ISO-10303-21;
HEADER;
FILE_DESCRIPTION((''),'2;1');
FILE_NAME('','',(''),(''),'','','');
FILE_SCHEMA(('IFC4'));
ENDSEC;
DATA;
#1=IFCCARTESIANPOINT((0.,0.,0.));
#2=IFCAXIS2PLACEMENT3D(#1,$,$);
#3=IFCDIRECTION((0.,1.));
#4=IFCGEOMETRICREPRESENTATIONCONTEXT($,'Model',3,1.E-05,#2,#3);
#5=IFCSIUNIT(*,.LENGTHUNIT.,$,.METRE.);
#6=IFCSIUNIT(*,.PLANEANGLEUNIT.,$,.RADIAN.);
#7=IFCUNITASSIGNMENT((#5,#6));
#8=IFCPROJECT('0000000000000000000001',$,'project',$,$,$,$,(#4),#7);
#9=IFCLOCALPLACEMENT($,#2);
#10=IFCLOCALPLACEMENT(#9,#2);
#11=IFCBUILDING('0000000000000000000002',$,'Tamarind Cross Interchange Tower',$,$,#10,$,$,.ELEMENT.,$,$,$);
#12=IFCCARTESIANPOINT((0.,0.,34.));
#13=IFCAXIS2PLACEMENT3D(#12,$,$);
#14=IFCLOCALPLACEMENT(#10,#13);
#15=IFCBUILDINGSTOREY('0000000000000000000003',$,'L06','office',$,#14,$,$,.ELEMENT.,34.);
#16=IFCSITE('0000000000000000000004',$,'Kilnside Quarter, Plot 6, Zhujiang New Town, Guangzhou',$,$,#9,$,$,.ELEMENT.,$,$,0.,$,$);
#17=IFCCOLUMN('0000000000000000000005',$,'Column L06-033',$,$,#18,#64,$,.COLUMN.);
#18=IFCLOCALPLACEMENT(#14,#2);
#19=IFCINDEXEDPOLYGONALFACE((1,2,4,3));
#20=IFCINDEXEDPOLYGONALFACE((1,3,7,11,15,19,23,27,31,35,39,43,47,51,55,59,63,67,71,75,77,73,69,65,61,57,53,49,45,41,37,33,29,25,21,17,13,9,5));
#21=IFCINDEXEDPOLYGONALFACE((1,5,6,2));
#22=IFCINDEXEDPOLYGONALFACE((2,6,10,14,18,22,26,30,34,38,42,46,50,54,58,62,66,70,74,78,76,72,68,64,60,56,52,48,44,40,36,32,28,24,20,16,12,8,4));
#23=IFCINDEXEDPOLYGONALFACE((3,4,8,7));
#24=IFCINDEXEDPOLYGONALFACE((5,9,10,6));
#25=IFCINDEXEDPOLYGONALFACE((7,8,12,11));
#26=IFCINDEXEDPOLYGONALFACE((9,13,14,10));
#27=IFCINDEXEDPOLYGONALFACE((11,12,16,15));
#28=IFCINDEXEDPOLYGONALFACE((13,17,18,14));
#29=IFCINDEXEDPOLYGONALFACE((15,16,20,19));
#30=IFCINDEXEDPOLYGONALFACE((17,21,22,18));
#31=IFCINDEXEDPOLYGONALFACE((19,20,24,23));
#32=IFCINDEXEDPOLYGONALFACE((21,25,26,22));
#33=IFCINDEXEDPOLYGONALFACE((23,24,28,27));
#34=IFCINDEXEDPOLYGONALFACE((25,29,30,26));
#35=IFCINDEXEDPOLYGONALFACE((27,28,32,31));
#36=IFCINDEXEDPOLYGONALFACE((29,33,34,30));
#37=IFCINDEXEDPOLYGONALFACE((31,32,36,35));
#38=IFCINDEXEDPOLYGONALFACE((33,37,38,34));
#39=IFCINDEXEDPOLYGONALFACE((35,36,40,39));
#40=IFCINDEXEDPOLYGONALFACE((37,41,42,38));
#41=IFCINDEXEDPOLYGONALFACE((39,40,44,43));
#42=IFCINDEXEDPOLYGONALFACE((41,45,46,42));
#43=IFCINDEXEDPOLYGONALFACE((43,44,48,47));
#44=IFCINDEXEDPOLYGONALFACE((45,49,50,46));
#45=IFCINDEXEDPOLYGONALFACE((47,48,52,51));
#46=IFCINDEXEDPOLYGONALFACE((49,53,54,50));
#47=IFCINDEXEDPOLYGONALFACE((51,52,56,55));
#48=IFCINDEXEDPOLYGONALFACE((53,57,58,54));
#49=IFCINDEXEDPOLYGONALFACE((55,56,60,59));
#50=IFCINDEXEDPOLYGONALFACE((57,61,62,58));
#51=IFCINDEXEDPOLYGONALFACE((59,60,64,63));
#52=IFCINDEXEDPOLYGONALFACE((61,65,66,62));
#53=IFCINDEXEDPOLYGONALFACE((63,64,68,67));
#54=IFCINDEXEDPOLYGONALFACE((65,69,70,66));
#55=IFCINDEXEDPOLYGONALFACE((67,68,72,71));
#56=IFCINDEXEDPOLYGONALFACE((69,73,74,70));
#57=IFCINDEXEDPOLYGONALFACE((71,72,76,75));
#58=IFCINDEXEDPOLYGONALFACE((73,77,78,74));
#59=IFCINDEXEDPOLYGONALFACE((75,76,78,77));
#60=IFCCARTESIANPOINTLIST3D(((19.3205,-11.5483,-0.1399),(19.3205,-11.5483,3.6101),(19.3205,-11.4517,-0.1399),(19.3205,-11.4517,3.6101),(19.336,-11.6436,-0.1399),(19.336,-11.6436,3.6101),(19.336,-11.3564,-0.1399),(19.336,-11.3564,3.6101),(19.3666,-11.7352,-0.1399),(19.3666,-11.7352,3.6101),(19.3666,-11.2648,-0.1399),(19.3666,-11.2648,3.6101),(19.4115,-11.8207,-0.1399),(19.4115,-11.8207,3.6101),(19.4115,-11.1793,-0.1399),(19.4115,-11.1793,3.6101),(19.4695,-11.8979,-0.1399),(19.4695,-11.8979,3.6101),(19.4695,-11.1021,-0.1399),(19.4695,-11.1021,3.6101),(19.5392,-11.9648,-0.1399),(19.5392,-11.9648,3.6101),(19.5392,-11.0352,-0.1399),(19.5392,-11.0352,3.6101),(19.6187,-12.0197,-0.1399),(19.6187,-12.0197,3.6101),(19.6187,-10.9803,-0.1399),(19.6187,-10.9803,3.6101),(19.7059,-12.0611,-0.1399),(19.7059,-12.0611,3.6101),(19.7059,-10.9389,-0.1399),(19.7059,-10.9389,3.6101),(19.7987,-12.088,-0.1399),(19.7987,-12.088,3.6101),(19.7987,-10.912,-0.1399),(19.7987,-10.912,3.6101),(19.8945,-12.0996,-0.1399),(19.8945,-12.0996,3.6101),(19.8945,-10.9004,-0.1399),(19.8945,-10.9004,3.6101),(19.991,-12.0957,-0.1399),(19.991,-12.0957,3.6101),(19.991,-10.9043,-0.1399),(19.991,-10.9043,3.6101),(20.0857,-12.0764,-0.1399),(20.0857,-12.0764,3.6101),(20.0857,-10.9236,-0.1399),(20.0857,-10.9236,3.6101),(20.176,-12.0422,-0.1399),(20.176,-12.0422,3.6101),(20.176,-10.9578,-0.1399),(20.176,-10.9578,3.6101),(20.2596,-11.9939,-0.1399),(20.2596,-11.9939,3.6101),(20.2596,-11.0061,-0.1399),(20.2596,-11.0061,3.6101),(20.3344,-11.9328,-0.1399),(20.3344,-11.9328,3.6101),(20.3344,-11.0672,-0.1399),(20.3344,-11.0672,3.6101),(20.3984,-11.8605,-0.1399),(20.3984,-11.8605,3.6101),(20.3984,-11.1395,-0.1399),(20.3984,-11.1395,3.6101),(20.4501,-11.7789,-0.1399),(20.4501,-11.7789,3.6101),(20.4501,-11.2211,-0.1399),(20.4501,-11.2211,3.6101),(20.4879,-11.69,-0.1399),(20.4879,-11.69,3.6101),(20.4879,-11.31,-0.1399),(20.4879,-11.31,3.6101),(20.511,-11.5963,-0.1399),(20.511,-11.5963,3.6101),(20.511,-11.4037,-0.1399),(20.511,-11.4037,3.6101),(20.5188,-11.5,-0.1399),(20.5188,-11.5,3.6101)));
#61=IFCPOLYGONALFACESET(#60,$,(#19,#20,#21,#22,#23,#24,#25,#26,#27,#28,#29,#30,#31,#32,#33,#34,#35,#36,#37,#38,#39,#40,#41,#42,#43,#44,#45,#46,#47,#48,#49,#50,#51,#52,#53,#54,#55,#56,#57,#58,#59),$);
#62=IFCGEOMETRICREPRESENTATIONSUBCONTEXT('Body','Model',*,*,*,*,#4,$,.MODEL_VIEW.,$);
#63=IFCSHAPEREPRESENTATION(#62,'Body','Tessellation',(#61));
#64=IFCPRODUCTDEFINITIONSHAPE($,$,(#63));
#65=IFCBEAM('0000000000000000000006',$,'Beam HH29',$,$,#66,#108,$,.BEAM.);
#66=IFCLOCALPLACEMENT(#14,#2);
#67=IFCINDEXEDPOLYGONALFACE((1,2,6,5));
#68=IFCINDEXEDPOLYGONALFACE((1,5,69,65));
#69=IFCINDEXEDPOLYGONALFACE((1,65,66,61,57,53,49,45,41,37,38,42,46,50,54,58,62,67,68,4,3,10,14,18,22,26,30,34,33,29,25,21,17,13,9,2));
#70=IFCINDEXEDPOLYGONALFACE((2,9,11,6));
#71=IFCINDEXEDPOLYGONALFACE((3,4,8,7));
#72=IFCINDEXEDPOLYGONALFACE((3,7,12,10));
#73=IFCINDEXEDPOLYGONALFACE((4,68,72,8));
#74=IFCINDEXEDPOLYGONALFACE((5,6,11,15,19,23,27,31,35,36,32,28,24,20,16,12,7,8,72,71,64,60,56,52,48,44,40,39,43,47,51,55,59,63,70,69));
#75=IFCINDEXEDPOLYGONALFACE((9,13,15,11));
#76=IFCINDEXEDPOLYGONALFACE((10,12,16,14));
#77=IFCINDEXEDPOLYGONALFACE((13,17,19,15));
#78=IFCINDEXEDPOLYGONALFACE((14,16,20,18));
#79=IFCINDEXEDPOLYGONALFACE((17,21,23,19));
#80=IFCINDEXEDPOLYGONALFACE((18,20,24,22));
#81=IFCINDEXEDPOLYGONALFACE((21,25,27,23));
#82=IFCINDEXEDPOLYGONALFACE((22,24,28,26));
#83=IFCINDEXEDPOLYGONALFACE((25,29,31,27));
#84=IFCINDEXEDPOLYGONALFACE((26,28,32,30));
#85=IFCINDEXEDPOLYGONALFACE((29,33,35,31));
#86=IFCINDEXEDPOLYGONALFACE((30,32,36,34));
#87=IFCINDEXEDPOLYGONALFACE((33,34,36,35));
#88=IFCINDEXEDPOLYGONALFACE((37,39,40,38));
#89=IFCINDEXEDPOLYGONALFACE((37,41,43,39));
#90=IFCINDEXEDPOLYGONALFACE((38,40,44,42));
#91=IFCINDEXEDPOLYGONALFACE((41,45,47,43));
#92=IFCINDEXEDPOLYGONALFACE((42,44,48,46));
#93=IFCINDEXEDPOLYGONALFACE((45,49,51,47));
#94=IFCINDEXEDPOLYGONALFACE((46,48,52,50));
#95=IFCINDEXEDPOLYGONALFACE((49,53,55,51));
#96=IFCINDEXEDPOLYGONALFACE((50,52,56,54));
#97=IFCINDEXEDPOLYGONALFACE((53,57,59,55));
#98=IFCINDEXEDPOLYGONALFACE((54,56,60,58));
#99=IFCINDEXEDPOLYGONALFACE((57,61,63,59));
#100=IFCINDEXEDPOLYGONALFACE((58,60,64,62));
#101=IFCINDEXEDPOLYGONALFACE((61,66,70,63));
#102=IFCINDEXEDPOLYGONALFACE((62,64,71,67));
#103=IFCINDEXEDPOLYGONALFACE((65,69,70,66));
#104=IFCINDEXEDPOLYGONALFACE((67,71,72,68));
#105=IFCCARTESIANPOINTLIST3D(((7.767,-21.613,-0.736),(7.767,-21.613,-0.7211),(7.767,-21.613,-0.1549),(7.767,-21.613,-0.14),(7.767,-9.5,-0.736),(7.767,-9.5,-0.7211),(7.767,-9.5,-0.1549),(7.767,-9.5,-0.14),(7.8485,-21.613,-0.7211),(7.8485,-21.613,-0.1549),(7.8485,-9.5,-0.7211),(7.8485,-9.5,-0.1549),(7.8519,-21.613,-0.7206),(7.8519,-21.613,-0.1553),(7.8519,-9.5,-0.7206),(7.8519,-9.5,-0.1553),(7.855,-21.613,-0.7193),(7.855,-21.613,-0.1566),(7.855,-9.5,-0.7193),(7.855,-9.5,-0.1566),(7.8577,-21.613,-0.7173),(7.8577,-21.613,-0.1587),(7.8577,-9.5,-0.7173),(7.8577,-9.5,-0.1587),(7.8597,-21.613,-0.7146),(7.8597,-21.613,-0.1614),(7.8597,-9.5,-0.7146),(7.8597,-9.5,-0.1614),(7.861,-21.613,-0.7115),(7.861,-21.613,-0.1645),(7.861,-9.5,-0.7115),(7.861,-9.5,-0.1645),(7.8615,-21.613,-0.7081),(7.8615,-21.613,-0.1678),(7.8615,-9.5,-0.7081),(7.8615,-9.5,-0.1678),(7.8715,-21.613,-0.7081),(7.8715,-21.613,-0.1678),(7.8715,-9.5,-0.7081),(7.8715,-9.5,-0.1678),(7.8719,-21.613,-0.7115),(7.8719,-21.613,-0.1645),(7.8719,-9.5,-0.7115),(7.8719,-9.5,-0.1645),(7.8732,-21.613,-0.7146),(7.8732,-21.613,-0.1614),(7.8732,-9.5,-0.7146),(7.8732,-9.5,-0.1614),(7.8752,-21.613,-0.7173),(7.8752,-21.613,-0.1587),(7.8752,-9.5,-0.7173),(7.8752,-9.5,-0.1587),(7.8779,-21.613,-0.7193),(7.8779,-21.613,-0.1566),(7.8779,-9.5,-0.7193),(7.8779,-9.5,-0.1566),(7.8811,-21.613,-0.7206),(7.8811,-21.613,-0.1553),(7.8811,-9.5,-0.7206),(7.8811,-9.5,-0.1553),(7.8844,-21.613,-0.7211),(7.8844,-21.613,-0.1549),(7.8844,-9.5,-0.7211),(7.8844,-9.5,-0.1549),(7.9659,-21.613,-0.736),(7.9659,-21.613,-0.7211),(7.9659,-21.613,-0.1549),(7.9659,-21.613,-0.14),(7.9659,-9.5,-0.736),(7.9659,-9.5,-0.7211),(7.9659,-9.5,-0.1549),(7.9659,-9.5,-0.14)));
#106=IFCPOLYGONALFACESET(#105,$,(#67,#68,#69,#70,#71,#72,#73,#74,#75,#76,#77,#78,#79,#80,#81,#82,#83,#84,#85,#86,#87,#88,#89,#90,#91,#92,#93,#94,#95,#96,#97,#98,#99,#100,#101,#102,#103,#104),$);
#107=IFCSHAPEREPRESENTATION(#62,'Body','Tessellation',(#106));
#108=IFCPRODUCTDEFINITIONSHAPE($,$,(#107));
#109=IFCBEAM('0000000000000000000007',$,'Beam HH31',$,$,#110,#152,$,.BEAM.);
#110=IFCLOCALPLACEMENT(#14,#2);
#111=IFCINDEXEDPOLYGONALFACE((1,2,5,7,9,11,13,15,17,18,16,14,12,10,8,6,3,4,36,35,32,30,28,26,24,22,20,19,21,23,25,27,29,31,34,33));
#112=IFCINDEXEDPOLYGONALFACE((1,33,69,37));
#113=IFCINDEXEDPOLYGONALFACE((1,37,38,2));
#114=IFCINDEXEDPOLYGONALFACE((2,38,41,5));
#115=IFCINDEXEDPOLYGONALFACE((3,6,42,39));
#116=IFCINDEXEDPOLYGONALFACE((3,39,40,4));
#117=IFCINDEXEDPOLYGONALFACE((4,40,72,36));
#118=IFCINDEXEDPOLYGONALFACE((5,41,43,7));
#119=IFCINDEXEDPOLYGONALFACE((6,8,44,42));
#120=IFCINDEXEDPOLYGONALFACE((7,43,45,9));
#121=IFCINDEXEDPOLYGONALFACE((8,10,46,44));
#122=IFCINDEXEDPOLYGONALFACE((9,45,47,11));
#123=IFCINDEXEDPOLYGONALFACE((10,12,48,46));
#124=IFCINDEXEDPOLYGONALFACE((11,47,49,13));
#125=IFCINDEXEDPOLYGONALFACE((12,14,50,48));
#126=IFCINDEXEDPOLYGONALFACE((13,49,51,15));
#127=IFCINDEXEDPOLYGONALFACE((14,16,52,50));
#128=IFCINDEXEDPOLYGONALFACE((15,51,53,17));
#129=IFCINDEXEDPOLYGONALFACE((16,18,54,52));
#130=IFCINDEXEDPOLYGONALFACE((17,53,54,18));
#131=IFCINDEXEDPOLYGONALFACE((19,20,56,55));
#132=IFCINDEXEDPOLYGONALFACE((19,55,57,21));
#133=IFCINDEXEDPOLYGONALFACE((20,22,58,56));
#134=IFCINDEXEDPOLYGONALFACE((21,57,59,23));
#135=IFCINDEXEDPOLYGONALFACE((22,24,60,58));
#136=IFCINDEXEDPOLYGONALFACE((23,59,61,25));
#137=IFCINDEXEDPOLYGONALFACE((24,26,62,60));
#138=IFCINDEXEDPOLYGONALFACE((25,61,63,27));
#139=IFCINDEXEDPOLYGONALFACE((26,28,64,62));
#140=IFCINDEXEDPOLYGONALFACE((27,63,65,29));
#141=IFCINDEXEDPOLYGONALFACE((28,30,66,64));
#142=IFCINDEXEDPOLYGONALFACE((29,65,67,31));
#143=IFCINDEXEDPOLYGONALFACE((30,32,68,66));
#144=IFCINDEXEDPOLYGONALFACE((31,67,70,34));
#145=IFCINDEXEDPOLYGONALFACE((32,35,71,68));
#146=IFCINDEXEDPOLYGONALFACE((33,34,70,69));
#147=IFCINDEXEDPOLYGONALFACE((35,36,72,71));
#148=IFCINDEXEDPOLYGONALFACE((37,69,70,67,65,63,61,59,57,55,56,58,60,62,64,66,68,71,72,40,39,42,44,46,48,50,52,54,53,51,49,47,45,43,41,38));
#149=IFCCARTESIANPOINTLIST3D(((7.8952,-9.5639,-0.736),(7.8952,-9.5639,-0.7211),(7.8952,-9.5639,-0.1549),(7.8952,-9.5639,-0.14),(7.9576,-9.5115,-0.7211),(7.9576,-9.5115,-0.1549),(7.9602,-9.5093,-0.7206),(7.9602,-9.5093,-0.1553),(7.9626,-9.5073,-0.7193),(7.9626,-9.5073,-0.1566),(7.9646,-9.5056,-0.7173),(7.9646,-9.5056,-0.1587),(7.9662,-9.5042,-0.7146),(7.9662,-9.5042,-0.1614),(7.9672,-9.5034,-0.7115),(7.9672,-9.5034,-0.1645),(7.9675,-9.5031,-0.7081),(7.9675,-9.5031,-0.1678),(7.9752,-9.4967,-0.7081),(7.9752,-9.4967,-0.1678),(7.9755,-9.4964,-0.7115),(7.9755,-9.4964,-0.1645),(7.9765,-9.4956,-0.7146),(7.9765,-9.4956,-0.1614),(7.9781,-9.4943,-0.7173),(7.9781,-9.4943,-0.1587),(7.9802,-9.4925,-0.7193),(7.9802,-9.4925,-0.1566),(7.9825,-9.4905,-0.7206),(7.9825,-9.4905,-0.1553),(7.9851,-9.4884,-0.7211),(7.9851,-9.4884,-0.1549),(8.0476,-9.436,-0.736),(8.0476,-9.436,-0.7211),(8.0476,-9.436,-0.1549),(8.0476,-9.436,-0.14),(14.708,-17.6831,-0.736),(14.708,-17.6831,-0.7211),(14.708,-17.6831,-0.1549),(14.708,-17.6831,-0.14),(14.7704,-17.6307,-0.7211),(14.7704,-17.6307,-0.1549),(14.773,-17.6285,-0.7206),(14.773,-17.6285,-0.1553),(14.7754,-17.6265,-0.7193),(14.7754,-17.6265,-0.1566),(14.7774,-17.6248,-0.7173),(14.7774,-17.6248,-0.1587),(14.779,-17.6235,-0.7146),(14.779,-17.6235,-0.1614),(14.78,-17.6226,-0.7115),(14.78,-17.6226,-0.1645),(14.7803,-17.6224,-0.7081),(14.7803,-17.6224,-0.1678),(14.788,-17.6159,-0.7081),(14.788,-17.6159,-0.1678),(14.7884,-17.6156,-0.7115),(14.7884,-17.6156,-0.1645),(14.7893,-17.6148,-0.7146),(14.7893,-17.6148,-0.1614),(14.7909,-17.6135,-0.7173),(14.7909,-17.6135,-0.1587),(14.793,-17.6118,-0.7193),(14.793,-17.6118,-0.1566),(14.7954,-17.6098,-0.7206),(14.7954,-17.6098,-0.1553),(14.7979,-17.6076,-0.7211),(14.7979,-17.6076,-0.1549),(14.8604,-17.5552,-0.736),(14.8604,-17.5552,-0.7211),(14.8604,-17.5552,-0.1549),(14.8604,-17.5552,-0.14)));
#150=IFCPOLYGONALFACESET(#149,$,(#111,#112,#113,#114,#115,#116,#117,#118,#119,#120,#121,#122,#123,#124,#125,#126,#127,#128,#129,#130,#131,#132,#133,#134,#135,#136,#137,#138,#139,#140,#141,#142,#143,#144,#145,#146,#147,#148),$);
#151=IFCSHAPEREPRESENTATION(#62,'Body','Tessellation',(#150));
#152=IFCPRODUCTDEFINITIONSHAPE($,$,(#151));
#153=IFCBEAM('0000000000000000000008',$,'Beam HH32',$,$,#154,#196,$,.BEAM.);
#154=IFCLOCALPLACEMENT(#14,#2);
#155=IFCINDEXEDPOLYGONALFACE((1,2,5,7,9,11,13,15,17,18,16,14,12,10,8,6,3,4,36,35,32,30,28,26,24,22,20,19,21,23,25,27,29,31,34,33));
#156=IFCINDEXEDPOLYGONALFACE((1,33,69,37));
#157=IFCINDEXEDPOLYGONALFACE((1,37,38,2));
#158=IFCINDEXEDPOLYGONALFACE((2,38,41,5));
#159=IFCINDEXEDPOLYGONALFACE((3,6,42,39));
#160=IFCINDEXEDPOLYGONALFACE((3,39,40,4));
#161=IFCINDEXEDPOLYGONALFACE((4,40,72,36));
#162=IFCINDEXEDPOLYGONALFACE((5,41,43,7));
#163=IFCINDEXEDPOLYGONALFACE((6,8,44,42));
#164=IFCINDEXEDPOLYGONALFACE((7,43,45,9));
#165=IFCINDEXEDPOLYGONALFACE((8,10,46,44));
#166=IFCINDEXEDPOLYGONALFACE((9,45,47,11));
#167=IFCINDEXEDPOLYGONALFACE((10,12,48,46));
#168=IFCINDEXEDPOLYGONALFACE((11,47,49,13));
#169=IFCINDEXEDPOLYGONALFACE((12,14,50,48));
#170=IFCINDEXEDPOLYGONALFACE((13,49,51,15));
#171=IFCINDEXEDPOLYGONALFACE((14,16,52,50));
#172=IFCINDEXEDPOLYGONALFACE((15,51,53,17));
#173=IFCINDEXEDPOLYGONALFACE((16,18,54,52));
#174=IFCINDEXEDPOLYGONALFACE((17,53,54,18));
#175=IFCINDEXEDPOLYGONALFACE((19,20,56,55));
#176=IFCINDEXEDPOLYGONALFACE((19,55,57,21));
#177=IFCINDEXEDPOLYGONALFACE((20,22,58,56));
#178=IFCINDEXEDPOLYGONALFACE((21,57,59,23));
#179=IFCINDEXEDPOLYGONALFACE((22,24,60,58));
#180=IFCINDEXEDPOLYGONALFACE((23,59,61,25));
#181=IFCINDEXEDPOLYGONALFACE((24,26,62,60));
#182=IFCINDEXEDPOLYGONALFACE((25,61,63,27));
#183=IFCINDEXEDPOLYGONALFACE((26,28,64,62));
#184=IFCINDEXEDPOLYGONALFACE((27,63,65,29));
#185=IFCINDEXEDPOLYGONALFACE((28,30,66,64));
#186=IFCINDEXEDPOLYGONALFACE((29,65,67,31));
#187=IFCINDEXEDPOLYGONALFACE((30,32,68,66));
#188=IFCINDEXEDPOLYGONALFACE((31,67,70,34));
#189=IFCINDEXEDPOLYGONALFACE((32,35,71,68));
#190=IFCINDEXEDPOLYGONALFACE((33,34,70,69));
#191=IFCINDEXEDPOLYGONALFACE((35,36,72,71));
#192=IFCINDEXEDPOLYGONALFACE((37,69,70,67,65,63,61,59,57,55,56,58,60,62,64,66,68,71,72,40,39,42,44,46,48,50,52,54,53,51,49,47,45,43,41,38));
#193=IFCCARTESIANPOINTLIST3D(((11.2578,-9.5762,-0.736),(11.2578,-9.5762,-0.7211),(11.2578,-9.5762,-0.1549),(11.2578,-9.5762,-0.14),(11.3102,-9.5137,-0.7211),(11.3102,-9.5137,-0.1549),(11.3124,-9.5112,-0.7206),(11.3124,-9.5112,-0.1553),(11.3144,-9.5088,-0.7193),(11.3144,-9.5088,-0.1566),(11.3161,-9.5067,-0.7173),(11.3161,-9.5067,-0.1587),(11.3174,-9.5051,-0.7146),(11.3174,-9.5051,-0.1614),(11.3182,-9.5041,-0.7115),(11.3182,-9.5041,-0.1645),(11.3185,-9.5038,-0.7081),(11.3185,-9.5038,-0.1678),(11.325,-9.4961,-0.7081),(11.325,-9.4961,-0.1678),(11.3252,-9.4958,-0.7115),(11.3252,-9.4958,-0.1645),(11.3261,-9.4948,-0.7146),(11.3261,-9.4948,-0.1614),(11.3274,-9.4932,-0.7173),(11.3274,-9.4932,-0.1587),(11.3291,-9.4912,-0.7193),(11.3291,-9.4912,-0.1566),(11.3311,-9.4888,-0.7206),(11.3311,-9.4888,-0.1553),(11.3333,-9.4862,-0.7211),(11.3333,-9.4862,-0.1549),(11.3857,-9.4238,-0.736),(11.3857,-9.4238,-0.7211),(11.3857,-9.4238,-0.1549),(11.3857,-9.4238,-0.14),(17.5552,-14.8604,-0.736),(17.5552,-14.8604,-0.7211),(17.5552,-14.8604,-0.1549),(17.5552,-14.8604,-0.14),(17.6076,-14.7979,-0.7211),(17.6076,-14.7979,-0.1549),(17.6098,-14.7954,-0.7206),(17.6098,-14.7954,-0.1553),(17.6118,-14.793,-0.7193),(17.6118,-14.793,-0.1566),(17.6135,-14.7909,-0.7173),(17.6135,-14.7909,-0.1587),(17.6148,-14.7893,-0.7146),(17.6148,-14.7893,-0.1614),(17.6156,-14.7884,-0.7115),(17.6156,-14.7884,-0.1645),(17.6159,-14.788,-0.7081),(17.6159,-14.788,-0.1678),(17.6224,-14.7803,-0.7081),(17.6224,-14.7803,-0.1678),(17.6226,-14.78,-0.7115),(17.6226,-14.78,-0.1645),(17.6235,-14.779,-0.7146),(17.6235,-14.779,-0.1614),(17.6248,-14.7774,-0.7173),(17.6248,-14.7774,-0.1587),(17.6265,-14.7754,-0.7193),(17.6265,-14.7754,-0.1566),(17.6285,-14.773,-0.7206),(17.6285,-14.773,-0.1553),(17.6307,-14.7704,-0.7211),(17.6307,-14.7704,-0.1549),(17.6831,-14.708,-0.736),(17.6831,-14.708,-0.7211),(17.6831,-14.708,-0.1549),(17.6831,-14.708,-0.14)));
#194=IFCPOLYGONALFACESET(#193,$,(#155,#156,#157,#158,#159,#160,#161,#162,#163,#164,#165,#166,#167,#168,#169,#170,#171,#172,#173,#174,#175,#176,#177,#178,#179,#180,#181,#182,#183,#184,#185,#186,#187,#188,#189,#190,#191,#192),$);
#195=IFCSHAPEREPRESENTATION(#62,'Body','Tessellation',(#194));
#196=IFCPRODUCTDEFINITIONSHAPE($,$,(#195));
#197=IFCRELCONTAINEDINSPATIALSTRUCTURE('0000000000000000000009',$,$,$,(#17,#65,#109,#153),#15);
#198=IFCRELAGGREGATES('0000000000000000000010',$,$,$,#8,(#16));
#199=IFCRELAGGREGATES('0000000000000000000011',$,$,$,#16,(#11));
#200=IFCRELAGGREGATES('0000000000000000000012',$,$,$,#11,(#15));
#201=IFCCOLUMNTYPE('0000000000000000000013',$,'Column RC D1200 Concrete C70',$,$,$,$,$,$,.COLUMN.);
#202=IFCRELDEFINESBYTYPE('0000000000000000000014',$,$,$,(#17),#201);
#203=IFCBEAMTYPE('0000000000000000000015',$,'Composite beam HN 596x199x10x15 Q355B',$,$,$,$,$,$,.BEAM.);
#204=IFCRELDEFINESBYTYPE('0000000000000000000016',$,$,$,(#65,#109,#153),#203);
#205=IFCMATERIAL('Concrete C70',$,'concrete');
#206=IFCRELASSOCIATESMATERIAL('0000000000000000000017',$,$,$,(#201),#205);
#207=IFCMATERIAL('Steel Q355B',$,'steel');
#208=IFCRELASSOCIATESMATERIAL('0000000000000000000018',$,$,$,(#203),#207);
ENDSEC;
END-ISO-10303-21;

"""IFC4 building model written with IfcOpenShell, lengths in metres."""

from ifc_helpers import new_model, si_unit, direction, frame, origin, origin_2d, place, context, subcontext, project, spatial, circle, i_section, extrude, material, material_profile, profile_set, type_object, element, save


model = new_model("IFC4")

# Units and contexts
model_context = context("Model", 3, precision=1e-05, world=origin(), true_north=direction((0.0, 1.0)))
body_context = subcontext(model_context, "Body", "Model", "MODEL_VIEW")
ifc_project = project(units=[si_unit("LENGTHUNIT", "METRE"), si_unit("PLANEANGLEUNIT", "RADIAN")], contexts=[model_context])

# Site, building, storey
site_placement = place(None, origin())
site = spatial("IfcSite", under=ifc_project, at=site_placement, Name="Kilnside Quarter, Plot 6, Zhujiang New Town, Guangzhou", CompositionType="ELEMENT", RefElevation=0.0)
building_placement = place(site_placement, origin())
building = spatial("IfcBuilding", under=site, at=building_placement, Name="Tamarind Cross Interchange Tower", CompositionType="ELEMENT")
storey_placement = place(building_placement, frame((0.0, 0.0, 34.0)))
storey = spatial("IfcBuildingStorey", under=building, at=storey_placement, Name="L06", Description="office", CompositionType="ELEMENT", Elevation=34.0)

# Column
ifc_material_1 = material(Name="Concrete C70", Category="concrete")
ifc_material_profile_1 = material_profile(ifc_material_1, circle(Radius=0.6001, at=origin_2d()), Name="RC D1200")
ifc_profile_set_1 = profile_set([ifc_material_profile_1], Name="Concrete C70")
column_type = type_object("IfcColumnType", Name="Column RC D1200 Concrete C70", PredefinedType="COLUMN", material=ifc_profile_set_1)
for number, where, z_axis, x_axis, name in (
    (1, (19.9187, -11.5, -0.1399), (0.0, 0.0, 1.0), (1.0, 0.0, 0.0), "Column L06-033"),
):
    element("IfcColumn", number, at=place(storey_placement, frame(where, z_axis=z_axis, x_axis=x_axis)), inside=storey, type_object=column_type, Name=name, PredefinedType="COLUMN", context=body_context, shape_type="SweptSolid", body=[
        extrude(circle(Radius=0.6001, at=origin_2d()), origin(), (0.0, 0.0, 1.0), 3.75),
    ])

# Beams
ifc_material_2 = material(Name="Steel Q355B", Category="steel")
ifc_material_profile_2 = material_profile(ifc_material_2, i_section(OverallWidth=0.199, OverallDepth=0.5959, WebThickness=0.01, FlangeThickness=0.0149, FilletRadius=0.0129, at=origin_2d()), Name="HN 596x199x10x15")
ifc_profile_set_2 = profile_set([ifc_material_profile_2], Name="Steel Q355B")
beam_type = type_object("IfcBeamType", Name="Composite beam HN 596x199x10x15 Q355B", PredefinedType="BEAM", material=ifc_profile_set_2)
beam_1_placement = place(storey_placement, frame((7.8665, -21.613, -0.438), z_axis=(0.0, 1.0, 0.0), x_axis=(-1.0, 0.0, 0.0)))
element("IfcBeam", 2, at=beam_1_placement, inside=storey, type_object=beam_type, Name="Beam HH29", PredefinedType="BEAM", context=body_context, shape_type="SweptSolid", body=[
    extrude(i_section(OverallWidth=0.199, OverallDepth=0.5959, WebThickness=0.01, FlangeThickness=0.0149, FilletRadius=0.0129, at=origin_2d()), origin(), (0.0, 0.0, 1.0), 12.113),
])
beam_2_placement = place(storey_placement, frame((14.7842, -17.6191, -0.438), z_axis=(-0.642786, 0.766046, 0.0), x_axis=(-0.766046, -0.642786, 0.0)))
element("IfcBeam", 3, at=beam_2_placement, inside=storey, type_object=beam_type, Name="Beam HH31", PredefinedType="BEAM", context=body_context, shape_type="SweptSolid", body=[
    extrude(i_section(OverallWidth=0.199, OverallDepth=0.5959, WebThickness=0.01, FlangeThickness=0.0149, FilletRadius=0.0129, at=origin_2d()), origin(), (0.0, 0.0, 1.0), 10.5989),
])
beam_3_placement = place(storey_placement, frame((17.6191, -14.7842, -0.438), z_axis=(-0.766041, 0.642792, 0.0), x_axis=(-0.642792, -0.766041, 0.0)))
element("IfcBeam", 4, at=beam_3_placement, inside=storey, type_object=beam_type, Name="Beam HH32", PredefinedType="BEAM", context=body_context, shape_type="SweptSolid", body=[
    extrude(i_section(OverallWidth=0.199, OverallDepth=0.5959, WebThickness=0.01, FlangeThickness=0.0149, FilletRadius=0.0129, at=origin_2d()), origin(), (0.0, 0.0, 1.0), 8.2207),
])

save(model, "model.ifc")
